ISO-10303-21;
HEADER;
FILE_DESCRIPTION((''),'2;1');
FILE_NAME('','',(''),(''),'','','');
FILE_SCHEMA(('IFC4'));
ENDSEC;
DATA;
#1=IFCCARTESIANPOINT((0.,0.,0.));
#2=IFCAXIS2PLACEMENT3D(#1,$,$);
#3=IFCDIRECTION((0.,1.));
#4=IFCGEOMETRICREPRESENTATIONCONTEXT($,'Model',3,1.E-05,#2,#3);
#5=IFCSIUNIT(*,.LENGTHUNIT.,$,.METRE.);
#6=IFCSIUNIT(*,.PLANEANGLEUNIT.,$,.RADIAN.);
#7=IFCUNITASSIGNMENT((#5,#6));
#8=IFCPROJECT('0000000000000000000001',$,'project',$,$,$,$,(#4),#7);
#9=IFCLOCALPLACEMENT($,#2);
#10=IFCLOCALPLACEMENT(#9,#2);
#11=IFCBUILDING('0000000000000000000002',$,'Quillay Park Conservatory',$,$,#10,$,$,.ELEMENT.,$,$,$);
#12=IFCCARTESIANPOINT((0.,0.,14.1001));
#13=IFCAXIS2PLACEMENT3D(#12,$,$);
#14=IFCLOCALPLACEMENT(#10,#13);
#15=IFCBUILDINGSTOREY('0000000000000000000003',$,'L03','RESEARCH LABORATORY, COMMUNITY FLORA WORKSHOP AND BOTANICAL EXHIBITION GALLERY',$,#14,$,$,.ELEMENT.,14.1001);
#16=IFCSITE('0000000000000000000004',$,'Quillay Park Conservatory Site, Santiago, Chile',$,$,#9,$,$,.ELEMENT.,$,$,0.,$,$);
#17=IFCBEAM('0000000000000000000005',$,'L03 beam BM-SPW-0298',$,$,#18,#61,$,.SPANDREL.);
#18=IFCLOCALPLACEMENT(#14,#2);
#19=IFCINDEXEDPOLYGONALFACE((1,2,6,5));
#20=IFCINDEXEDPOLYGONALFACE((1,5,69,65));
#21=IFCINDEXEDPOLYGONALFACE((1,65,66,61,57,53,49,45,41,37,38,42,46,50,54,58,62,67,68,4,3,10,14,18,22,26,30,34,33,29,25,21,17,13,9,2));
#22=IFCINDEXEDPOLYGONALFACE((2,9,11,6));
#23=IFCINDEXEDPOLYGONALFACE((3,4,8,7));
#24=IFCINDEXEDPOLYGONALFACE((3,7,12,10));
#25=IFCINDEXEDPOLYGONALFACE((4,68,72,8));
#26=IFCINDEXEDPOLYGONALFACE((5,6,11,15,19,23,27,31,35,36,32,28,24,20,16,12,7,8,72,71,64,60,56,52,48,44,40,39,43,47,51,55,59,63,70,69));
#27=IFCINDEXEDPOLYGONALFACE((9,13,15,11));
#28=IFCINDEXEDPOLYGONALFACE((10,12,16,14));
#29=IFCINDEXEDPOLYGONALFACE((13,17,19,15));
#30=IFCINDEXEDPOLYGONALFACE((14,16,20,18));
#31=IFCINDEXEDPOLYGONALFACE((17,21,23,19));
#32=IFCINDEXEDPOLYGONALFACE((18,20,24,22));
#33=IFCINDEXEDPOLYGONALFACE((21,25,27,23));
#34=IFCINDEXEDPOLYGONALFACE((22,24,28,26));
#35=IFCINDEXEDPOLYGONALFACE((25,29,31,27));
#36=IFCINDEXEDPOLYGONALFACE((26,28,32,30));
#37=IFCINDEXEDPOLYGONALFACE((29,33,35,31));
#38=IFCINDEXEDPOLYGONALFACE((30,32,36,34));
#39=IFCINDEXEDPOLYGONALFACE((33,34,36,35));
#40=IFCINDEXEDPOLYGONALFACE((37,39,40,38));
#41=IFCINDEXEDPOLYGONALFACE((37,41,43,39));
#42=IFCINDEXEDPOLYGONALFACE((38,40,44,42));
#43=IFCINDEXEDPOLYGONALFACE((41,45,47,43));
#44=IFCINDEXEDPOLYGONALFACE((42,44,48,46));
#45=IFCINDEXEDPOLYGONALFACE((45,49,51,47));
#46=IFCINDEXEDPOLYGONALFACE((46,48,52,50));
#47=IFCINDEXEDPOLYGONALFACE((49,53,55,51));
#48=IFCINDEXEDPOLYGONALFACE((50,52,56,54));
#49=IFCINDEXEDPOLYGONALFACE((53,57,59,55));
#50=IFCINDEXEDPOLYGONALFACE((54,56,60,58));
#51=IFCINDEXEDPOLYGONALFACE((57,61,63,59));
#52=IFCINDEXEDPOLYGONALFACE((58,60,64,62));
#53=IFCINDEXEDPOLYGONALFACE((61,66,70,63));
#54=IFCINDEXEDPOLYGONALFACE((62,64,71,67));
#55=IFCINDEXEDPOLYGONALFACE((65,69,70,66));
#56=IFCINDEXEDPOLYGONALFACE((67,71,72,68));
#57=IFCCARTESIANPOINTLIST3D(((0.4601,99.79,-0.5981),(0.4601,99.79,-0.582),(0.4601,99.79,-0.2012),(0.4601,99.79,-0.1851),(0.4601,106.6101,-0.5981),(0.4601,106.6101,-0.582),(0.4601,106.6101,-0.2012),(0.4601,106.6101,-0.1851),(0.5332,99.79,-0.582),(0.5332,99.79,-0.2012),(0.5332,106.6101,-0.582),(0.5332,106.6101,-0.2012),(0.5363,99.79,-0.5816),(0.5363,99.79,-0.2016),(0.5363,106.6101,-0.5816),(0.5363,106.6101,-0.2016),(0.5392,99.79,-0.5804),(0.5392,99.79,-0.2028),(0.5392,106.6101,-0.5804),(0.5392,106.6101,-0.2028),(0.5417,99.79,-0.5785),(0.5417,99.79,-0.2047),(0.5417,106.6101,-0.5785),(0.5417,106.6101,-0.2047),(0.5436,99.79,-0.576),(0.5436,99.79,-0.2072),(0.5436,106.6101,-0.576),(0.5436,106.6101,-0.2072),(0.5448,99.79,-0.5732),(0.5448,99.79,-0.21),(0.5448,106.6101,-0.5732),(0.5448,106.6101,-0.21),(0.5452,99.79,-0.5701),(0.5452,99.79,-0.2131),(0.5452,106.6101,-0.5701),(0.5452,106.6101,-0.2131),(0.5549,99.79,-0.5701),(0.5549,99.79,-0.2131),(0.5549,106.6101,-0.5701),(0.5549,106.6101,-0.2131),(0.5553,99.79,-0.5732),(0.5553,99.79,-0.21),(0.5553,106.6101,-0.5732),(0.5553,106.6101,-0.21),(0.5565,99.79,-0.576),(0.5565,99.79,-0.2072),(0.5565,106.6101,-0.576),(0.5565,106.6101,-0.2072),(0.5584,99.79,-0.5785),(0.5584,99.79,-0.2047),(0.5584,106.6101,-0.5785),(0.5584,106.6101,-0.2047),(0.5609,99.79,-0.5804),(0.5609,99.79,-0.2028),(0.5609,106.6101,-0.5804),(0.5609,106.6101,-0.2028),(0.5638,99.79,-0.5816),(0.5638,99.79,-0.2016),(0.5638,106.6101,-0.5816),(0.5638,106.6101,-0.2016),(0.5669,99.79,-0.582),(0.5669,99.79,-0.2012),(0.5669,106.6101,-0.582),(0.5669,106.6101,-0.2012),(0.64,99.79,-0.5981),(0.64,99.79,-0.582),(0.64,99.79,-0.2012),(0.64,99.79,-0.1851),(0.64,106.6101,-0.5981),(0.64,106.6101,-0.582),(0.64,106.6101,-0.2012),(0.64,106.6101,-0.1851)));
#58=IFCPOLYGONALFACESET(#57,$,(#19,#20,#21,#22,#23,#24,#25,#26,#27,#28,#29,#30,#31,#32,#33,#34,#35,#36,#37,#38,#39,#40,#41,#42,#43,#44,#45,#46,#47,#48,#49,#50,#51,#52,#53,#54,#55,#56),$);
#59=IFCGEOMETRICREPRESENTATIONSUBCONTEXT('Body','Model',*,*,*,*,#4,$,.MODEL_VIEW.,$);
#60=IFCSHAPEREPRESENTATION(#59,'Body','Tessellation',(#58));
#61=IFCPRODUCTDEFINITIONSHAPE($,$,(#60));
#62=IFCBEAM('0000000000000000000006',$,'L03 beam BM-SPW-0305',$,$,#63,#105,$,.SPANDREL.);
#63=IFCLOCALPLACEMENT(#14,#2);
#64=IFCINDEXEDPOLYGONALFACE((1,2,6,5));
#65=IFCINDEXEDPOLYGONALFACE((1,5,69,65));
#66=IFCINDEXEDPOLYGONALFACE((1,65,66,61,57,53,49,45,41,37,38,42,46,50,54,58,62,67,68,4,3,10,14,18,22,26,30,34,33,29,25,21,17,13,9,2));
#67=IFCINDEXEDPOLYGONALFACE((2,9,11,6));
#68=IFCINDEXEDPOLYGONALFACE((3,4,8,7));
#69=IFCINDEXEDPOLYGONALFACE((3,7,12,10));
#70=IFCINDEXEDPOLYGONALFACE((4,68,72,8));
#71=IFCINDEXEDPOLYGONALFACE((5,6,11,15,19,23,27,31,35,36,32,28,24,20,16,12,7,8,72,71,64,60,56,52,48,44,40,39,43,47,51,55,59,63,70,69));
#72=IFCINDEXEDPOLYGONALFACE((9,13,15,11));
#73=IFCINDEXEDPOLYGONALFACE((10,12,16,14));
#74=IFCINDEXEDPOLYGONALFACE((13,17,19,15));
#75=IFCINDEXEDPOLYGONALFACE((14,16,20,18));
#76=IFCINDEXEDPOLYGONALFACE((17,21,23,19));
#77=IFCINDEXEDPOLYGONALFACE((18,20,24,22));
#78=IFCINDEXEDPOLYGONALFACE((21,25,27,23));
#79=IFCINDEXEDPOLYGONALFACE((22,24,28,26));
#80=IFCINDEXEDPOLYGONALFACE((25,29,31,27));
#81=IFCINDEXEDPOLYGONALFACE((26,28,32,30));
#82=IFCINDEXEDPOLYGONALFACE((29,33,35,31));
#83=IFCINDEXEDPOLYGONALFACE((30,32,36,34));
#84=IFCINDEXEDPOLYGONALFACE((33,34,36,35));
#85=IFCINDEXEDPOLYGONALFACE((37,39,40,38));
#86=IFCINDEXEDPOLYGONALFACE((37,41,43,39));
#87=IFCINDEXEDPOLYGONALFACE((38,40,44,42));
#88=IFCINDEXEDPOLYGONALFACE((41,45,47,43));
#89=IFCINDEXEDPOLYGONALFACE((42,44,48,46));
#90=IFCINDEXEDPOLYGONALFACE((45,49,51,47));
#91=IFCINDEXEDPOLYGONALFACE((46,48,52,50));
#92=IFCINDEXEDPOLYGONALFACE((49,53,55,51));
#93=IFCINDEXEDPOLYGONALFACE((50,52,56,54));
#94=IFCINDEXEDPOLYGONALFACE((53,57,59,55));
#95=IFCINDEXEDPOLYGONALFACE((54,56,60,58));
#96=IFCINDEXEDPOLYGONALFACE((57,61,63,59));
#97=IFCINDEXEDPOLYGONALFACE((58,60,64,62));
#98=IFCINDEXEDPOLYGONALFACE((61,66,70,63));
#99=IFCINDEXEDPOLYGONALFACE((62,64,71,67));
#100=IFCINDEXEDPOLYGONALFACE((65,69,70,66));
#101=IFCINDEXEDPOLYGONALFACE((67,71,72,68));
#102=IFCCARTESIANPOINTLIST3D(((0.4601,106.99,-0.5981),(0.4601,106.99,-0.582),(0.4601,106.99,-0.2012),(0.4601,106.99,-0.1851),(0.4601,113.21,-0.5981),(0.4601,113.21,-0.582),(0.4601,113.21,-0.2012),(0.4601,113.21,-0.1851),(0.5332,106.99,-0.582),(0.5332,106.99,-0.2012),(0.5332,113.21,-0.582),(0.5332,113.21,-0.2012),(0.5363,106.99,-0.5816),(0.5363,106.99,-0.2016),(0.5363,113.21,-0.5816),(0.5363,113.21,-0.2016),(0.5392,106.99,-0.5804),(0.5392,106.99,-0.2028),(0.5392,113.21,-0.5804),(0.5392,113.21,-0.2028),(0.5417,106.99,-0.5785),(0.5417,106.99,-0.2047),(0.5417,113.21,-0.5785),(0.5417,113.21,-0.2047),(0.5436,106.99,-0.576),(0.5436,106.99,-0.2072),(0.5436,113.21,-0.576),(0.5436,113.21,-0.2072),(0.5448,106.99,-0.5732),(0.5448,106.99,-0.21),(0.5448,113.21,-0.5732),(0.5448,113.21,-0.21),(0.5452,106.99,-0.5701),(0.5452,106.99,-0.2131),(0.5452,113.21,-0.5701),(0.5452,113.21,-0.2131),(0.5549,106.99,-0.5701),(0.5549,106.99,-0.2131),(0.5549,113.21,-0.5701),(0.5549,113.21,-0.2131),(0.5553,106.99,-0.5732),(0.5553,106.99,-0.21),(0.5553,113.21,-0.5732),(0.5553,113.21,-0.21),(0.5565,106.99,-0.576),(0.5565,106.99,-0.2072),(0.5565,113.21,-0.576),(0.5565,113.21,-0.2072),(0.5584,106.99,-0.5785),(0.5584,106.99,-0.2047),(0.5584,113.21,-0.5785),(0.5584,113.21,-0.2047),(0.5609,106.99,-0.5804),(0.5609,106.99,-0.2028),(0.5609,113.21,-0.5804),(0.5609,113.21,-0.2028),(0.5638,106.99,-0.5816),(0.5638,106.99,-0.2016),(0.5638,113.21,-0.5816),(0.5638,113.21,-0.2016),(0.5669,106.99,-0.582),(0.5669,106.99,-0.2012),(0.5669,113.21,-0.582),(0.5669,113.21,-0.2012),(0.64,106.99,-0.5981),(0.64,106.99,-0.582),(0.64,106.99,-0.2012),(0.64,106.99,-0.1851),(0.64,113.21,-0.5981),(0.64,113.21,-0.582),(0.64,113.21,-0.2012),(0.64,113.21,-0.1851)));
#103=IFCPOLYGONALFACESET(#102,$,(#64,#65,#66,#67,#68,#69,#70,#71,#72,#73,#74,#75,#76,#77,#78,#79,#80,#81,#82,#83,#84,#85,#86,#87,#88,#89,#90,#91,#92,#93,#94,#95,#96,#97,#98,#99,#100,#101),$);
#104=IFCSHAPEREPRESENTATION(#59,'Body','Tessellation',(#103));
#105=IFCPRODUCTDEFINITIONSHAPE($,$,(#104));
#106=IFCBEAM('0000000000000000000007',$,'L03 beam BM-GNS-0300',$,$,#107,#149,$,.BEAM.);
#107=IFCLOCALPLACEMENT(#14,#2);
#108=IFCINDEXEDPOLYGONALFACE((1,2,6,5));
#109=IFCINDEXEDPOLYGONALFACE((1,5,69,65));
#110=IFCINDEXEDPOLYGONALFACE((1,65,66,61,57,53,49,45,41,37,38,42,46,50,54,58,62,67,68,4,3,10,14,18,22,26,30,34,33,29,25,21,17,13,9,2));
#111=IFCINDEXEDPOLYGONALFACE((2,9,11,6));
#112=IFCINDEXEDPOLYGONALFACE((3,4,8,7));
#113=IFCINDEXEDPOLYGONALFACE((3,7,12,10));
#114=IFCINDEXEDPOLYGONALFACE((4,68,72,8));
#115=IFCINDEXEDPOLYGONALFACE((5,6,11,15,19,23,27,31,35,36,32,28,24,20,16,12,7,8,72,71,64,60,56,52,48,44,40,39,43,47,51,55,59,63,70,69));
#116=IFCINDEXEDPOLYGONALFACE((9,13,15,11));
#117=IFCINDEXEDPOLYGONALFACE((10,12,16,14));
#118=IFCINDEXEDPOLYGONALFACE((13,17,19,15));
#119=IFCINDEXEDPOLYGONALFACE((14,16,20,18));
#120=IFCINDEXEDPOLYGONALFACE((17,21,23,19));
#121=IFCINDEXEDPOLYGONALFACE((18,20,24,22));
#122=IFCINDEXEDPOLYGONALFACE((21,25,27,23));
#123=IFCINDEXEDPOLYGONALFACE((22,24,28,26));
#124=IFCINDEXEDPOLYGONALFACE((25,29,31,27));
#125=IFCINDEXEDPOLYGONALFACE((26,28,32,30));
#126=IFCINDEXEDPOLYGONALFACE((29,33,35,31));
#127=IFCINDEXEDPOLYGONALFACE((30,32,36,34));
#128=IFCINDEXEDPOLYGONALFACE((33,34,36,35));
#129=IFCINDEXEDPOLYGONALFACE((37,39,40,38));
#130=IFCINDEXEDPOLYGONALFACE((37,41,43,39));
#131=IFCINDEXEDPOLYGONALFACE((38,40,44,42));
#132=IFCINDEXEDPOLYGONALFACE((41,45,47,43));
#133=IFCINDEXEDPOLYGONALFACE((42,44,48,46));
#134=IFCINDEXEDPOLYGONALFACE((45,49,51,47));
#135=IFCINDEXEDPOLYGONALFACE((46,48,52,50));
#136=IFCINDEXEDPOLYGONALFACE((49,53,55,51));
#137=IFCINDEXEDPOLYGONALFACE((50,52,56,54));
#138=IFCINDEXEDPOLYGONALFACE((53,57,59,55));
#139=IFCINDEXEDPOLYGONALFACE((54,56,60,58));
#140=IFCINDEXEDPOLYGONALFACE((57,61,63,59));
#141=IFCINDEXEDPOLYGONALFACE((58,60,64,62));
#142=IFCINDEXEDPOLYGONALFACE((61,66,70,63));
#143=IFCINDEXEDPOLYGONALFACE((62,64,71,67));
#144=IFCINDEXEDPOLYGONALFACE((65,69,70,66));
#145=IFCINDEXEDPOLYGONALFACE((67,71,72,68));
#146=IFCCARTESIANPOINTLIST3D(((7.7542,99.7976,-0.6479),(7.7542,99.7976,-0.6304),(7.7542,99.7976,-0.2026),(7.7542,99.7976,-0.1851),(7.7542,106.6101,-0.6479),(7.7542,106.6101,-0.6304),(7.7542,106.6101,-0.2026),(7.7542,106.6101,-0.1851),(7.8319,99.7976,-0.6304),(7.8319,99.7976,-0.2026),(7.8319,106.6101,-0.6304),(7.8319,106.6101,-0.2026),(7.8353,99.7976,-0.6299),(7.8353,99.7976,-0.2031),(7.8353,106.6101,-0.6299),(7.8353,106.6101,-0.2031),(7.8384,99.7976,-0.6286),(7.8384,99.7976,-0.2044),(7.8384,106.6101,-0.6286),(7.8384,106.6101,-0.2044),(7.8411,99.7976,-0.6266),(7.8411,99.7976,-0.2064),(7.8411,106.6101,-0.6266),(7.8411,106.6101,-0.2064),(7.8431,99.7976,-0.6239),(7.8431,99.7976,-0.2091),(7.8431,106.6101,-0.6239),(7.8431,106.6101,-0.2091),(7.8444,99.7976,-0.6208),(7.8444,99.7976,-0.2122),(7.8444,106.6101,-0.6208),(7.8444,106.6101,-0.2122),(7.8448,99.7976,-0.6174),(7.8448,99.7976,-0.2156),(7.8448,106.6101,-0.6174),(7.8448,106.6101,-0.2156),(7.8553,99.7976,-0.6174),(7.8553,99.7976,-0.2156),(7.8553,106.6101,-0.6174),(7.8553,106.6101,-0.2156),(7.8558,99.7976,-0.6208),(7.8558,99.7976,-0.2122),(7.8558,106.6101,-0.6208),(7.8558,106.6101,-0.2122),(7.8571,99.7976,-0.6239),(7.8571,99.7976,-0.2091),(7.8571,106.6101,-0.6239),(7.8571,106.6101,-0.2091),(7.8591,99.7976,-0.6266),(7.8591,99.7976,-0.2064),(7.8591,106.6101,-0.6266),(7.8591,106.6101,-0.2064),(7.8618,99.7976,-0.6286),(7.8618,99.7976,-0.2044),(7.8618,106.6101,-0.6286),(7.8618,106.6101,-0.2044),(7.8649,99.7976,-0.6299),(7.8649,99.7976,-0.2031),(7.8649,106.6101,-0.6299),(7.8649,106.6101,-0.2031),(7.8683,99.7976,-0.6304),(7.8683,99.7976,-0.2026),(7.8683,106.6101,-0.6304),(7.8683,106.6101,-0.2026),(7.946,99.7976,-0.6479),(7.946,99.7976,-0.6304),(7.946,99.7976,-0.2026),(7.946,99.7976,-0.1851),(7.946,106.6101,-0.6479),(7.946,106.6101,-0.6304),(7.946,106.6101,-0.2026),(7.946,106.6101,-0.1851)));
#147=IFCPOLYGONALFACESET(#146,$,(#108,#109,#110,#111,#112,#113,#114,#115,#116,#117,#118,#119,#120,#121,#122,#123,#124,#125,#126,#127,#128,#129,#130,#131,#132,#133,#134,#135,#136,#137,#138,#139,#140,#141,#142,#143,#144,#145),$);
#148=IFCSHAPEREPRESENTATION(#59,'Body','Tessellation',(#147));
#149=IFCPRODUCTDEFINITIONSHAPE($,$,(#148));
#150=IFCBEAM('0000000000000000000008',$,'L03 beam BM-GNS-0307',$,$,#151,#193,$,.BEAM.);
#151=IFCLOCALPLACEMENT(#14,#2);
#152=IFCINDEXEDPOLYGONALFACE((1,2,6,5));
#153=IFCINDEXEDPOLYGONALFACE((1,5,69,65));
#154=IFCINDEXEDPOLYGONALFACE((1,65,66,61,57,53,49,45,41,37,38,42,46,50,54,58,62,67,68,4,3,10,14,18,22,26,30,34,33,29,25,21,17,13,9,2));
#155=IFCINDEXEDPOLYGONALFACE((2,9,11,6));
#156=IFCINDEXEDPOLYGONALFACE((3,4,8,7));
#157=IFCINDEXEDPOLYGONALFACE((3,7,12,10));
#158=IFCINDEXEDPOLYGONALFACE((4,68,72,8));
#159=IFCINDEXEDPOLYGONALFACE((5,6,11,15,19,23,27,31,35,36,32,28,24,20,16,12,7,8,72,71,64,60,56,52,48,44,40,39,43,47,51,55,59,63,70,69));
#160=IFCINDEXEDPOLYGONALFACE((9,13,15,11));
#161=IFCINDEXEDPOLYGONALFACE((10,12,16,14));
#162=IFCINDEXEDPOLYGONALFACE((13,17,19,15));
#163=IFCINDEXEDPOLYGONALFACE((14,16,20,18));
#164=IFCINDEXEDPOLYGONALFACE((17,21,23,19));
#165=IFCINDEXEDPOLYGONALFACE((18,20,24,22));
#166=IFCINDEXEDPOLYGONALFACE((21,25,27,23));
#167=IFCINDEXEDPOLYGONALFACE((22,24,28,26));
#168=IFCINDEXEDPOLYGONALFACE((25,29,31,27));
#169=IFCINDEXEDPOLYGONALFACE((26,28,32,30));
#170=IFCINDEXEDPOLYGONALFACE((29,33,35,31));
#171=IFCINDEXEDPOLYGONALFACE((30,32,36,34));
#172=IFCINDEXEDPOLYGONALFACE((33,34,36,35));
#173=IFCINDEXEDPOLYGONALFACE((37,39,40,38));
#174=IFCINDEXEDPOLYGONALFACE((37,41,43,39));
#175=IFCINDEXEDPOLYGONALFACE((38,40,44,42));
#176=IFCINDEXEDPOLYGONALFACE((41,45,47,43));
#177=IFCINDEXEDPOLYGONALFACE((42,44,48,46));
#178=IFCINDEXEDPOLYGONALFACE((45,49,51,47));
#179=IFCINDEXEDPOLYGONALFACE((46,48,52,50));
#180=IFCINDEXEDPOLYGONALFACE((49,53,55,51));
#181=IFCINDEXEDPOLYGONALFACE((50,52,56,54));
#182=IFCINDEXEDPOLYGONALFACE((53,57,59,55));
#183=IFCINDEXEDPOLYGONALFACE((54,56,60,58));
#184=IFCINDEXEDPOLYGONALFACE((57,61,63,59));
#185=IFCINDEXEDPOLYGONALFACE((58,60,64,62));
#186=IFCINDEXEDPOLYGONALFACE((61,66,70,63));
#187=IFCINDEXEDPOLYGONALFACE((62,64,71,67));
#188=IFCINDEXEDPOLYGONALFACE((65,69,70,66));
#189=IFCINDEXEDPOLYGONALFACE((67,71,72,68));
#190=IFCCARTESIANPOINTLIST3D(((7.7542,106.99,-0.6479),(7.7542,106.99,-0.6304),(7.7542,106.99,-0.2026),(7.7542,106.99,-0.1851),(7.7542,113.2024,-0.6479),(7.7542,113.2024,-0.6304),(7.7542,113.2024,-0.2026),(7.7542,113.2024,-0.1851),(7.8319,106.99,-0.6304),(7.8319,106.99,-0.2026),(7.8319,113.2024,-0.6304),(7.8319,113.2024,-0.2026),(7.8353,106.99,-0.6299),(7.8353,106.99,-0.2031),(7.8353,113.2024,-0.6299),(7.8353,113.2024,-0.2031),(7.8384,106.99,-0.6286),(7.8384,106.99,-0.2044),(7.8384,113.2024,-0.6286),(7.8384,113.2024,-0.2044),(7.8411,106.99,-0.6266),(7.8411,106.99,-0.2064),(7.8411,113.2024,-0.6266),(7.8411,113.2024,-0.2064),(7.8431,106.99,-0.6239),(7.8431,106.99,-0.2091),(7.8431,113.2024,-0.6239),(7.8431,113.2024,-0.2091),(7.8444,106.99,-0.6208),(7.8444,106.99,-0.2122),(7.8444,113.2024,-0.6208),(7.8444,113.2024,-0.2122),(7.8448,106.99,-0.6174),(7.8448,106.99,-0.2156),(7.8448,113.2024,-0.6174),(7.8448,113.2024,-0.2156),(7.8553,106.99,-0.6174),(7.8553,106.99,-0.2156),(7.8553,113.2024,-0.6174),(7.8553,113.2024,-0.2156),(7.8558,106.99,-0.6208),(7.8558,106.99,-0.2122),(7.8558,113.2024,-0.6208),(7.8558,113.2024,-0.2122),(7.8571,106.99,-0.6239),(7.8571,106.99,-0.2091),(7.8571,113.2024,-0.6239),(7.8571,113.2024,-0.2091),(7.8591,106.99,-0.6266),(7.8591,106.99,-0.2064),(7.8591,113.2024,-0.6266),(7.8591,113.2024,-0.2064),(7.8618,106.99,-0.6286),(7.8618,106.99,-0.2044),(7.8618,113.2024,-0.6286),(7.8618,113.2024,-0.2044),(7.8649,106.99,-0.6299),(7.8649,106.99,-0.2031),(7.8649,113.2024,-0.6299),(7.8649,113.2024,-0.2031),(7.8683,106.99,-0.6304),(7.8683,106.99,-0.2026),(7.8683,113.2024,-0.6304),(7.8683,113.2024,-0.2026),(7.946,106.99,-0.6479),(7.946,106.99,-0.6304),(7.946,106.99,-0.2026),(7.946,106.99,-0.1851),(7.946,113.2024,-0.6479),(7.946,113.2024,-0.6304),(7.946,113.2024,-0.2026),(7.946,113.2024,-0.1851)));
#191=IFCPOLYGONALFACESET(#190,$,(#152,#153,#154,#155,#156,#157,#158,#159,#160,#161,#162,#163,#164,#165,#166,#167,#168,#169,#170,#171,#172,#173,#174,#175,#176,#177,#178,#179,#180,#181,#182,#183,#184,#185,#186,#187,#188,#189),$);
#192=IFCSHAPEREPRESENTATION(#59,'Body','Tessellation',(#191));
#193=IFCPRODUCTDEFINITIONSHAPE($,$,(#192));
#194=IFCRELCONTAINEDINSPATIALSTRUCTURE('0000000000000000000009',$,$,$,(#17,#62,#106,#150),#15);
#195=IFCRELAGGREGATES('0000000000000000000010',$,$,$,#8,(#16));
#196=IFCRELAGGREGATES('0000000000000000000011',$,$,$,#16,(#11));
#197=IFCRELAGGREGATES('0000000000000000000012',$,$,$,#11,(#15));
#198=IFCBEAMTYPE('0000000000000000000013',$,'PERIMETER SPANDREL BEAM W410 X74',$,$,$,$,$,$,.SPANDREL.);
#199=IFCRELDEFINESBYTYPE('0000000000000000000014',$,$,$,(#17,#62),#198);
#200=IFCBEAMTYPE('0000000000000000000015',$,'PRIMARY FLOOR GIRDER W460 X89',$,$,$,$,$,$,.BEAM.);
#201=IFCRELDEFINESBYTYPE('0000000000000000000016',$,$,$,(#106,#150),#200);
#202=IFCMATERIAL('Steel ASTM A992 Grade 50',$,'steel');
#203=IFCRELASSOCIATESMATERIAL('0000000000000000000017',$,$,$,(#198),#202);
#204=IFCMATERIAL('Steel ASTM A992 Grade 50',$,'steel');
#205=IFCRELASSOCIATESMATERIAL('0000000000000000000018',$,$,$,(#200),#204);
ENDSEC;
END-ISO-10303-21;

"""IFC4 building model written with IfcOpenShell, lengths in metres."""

from ifc_helpers import new_model, si_unit, direction, frame, origin, origin_2d, place, context, subcontext, project, spatial, i_section, extrude, material, material_profile, profile_set, type_object, element, save


model = new_model("IFC4")

# Units and contexts
model_context = context("Model", 3, precision=1e-05, world=origin(), true_north=direction((0.0, 1.0)))
body_context = subcontext(model_context, "Body", "Model", "MODEL_VIEW")
ifc_project = project(units=[si_unit("LENGTHUNIT", "METRE"), si_unit("PLANEANGLEUNIT", "RADIAN")], contexts=[model_context])

# Site, building, storey
site_placement = place(None, origin())
site = spatial("IfcSite", under=ifc_project, at=site_placement, Name="Quillay Park Conservatory Site, Santiago, Chile", CompositionType="ELEMENT", RefElevation=0.0)
building_placement = place(site_placement, origin())
building = spatial("IfcBuilding", under=site, at=building_placement, Name="Quillay Park Conservatory", CompositionType="ELEMENT")
storey_placement = place(building_placement, frame((0.0, 0.0, 14.1001)))
storey = spatial("IfcBuildingStorey", under=building, at=storey_placement, Name="L03", Description="RESEARCH LABORATORY, COMMUNITY FLORA WORKSHOP AND BOTANICAL EXHIBITION GALLERY", CompositionType="ELEMENT", Elevation=14.1001)

# Beams
ifc_material_1 = material(Name="Steel ASTM A992 Grade 50", Category="steel")
ifc_material_profile_1 = material_profile(ifc_material_1, i_section(OverallWidth=0.1799, OverallDepth=0.4131, WebThickness=0.0098, FlangeThickness=0.0161, FilletRadius=0.012, at=origin_2d()), Name="W410x74")
ifc_profile_set_1 = profile_set([ifc_material_profile_1], Name="Steel ASTM A992 Grade 50")
beam_type_1 = type_object("IfcBeamType", Name="PERIMETER SPANDREL BEAM W410 X74", PredefinedType="SPANDREL", material=ifc_profile_set_1)
beam_1_placement = place(storey_placement, frame((0.55, 99.79, -0.3916), z_axis=(0.0, 1.0, 0.0), x_axis=(-1.0, 0.0, 0.0)))
element("IfcBeam", 1, at=beam_1_placement, inside=storey, type_object=beam_type_1, Name="L03 beam BM-SPW-0298", PredefinedType="SPANDREL", context=body_context, shape_type="SweptSolid", body=[
    extrude(i_section(OverallWidth=0.1799, OverallDepth=0.4131, WebThickness=0.0098, FlangeThickness=0.0161, FilletRadius=0.012, at=origin_2d()), origin(), (0.0, 0.0, 1.0), 6.8201),
])
beam_2_placement = place(storey_placement, frame((0.55, 106.99, -0.3916), z_axis=(0.0, 1.0, 0.0), x_axis=(-1.0, 0.0, 0.0)))
element("IfcBeam", 2, at=beam_2_placement, inside=storey, type_object=beam_type_1, Name="L03 beam BM-SPW-0305", PredefinedType="SPANDREL", context=body_context, shape_type="SweptSolid", body=[
    extrude(i_section(OverallWidth=0.1799, OverallDepth=0.4131, WebThickness=0.0098, FlangeThickness=0.0161, FilletRadius=0.012, at=origin_2d()), origin(), (0.0, 0.0, 1.0), 6.22),
])
ifc_material_2 = material(Name="Steel ASTM A992 Grade 50", Category="steel")
ifc_material_profile_2 = material_profile(ifc_material_2, i_section(OverallWidth=0.1919, OverallDepth=0.4629, WebThickness=0.0105, FlangeThickness=0.0176, FilletRadius=0.0129, at=origin_2d()), Name="W460x89")
ifc_profile_set_2 = profile_set([ifc_material_profile_2], Name="Steel ASTM A992 Grade 50")
beam_type_2 = type_object("IfcBeamType", Name="PRIMARY FLOOR GIRDER W460 X89", PredefinedType="BEAM", material=ifc_profile_set_2)
beam_3_placement = place(storey_placement, frame((7.8501, 99.7976, -0.4165), z_axis=(0.0, 1.0, 0.0), x_axis=(-1.0, 0.0, 0.0)))
element("IfcBeam", 3, at=beam_3_placement, inside=storey, type_object=beam_type_2, Name="L03 beam BM-GNS-0300", PredefinedType="BEAM", context=body_context, shape_type="SweptSolid", body=[
    extrude(i_section(OverallWidth=0.1919, OverallDepth=0.4629, WebThickness=0.0105, FlangeThickness=0.0176, FilletRadius=0.0129, at=origin_2d()), origin(), (0.0, 0.0, 1.0), 6.8125),
])
beam_4_placement = place(storey_placement, frame((7.8501, 106.99, -0.4165), z_axis=(0.0, 1.0, 0.0), x_axis=(-1.0, 0.0, 0.0)))
element("IfcBeam", 4, at=beam_4_placement, inside=storey, type_object=beam_type_2, Name="L03 beam BM-GNS-0307", PredefinedType="BEAM", context=body_context, shape_type="SweptSolid", body=[
    extrude(i_section(OverallWidth=0.1919, OverallDepth=0.4629, WebThickness=0.0105, FlangeThickness=0.0176, FilletRadius=0.0129, at=origin_2d()), origin(), (0.0, 0.0, 1.0), 6.2124),
])

save(model, "model.ifc")
